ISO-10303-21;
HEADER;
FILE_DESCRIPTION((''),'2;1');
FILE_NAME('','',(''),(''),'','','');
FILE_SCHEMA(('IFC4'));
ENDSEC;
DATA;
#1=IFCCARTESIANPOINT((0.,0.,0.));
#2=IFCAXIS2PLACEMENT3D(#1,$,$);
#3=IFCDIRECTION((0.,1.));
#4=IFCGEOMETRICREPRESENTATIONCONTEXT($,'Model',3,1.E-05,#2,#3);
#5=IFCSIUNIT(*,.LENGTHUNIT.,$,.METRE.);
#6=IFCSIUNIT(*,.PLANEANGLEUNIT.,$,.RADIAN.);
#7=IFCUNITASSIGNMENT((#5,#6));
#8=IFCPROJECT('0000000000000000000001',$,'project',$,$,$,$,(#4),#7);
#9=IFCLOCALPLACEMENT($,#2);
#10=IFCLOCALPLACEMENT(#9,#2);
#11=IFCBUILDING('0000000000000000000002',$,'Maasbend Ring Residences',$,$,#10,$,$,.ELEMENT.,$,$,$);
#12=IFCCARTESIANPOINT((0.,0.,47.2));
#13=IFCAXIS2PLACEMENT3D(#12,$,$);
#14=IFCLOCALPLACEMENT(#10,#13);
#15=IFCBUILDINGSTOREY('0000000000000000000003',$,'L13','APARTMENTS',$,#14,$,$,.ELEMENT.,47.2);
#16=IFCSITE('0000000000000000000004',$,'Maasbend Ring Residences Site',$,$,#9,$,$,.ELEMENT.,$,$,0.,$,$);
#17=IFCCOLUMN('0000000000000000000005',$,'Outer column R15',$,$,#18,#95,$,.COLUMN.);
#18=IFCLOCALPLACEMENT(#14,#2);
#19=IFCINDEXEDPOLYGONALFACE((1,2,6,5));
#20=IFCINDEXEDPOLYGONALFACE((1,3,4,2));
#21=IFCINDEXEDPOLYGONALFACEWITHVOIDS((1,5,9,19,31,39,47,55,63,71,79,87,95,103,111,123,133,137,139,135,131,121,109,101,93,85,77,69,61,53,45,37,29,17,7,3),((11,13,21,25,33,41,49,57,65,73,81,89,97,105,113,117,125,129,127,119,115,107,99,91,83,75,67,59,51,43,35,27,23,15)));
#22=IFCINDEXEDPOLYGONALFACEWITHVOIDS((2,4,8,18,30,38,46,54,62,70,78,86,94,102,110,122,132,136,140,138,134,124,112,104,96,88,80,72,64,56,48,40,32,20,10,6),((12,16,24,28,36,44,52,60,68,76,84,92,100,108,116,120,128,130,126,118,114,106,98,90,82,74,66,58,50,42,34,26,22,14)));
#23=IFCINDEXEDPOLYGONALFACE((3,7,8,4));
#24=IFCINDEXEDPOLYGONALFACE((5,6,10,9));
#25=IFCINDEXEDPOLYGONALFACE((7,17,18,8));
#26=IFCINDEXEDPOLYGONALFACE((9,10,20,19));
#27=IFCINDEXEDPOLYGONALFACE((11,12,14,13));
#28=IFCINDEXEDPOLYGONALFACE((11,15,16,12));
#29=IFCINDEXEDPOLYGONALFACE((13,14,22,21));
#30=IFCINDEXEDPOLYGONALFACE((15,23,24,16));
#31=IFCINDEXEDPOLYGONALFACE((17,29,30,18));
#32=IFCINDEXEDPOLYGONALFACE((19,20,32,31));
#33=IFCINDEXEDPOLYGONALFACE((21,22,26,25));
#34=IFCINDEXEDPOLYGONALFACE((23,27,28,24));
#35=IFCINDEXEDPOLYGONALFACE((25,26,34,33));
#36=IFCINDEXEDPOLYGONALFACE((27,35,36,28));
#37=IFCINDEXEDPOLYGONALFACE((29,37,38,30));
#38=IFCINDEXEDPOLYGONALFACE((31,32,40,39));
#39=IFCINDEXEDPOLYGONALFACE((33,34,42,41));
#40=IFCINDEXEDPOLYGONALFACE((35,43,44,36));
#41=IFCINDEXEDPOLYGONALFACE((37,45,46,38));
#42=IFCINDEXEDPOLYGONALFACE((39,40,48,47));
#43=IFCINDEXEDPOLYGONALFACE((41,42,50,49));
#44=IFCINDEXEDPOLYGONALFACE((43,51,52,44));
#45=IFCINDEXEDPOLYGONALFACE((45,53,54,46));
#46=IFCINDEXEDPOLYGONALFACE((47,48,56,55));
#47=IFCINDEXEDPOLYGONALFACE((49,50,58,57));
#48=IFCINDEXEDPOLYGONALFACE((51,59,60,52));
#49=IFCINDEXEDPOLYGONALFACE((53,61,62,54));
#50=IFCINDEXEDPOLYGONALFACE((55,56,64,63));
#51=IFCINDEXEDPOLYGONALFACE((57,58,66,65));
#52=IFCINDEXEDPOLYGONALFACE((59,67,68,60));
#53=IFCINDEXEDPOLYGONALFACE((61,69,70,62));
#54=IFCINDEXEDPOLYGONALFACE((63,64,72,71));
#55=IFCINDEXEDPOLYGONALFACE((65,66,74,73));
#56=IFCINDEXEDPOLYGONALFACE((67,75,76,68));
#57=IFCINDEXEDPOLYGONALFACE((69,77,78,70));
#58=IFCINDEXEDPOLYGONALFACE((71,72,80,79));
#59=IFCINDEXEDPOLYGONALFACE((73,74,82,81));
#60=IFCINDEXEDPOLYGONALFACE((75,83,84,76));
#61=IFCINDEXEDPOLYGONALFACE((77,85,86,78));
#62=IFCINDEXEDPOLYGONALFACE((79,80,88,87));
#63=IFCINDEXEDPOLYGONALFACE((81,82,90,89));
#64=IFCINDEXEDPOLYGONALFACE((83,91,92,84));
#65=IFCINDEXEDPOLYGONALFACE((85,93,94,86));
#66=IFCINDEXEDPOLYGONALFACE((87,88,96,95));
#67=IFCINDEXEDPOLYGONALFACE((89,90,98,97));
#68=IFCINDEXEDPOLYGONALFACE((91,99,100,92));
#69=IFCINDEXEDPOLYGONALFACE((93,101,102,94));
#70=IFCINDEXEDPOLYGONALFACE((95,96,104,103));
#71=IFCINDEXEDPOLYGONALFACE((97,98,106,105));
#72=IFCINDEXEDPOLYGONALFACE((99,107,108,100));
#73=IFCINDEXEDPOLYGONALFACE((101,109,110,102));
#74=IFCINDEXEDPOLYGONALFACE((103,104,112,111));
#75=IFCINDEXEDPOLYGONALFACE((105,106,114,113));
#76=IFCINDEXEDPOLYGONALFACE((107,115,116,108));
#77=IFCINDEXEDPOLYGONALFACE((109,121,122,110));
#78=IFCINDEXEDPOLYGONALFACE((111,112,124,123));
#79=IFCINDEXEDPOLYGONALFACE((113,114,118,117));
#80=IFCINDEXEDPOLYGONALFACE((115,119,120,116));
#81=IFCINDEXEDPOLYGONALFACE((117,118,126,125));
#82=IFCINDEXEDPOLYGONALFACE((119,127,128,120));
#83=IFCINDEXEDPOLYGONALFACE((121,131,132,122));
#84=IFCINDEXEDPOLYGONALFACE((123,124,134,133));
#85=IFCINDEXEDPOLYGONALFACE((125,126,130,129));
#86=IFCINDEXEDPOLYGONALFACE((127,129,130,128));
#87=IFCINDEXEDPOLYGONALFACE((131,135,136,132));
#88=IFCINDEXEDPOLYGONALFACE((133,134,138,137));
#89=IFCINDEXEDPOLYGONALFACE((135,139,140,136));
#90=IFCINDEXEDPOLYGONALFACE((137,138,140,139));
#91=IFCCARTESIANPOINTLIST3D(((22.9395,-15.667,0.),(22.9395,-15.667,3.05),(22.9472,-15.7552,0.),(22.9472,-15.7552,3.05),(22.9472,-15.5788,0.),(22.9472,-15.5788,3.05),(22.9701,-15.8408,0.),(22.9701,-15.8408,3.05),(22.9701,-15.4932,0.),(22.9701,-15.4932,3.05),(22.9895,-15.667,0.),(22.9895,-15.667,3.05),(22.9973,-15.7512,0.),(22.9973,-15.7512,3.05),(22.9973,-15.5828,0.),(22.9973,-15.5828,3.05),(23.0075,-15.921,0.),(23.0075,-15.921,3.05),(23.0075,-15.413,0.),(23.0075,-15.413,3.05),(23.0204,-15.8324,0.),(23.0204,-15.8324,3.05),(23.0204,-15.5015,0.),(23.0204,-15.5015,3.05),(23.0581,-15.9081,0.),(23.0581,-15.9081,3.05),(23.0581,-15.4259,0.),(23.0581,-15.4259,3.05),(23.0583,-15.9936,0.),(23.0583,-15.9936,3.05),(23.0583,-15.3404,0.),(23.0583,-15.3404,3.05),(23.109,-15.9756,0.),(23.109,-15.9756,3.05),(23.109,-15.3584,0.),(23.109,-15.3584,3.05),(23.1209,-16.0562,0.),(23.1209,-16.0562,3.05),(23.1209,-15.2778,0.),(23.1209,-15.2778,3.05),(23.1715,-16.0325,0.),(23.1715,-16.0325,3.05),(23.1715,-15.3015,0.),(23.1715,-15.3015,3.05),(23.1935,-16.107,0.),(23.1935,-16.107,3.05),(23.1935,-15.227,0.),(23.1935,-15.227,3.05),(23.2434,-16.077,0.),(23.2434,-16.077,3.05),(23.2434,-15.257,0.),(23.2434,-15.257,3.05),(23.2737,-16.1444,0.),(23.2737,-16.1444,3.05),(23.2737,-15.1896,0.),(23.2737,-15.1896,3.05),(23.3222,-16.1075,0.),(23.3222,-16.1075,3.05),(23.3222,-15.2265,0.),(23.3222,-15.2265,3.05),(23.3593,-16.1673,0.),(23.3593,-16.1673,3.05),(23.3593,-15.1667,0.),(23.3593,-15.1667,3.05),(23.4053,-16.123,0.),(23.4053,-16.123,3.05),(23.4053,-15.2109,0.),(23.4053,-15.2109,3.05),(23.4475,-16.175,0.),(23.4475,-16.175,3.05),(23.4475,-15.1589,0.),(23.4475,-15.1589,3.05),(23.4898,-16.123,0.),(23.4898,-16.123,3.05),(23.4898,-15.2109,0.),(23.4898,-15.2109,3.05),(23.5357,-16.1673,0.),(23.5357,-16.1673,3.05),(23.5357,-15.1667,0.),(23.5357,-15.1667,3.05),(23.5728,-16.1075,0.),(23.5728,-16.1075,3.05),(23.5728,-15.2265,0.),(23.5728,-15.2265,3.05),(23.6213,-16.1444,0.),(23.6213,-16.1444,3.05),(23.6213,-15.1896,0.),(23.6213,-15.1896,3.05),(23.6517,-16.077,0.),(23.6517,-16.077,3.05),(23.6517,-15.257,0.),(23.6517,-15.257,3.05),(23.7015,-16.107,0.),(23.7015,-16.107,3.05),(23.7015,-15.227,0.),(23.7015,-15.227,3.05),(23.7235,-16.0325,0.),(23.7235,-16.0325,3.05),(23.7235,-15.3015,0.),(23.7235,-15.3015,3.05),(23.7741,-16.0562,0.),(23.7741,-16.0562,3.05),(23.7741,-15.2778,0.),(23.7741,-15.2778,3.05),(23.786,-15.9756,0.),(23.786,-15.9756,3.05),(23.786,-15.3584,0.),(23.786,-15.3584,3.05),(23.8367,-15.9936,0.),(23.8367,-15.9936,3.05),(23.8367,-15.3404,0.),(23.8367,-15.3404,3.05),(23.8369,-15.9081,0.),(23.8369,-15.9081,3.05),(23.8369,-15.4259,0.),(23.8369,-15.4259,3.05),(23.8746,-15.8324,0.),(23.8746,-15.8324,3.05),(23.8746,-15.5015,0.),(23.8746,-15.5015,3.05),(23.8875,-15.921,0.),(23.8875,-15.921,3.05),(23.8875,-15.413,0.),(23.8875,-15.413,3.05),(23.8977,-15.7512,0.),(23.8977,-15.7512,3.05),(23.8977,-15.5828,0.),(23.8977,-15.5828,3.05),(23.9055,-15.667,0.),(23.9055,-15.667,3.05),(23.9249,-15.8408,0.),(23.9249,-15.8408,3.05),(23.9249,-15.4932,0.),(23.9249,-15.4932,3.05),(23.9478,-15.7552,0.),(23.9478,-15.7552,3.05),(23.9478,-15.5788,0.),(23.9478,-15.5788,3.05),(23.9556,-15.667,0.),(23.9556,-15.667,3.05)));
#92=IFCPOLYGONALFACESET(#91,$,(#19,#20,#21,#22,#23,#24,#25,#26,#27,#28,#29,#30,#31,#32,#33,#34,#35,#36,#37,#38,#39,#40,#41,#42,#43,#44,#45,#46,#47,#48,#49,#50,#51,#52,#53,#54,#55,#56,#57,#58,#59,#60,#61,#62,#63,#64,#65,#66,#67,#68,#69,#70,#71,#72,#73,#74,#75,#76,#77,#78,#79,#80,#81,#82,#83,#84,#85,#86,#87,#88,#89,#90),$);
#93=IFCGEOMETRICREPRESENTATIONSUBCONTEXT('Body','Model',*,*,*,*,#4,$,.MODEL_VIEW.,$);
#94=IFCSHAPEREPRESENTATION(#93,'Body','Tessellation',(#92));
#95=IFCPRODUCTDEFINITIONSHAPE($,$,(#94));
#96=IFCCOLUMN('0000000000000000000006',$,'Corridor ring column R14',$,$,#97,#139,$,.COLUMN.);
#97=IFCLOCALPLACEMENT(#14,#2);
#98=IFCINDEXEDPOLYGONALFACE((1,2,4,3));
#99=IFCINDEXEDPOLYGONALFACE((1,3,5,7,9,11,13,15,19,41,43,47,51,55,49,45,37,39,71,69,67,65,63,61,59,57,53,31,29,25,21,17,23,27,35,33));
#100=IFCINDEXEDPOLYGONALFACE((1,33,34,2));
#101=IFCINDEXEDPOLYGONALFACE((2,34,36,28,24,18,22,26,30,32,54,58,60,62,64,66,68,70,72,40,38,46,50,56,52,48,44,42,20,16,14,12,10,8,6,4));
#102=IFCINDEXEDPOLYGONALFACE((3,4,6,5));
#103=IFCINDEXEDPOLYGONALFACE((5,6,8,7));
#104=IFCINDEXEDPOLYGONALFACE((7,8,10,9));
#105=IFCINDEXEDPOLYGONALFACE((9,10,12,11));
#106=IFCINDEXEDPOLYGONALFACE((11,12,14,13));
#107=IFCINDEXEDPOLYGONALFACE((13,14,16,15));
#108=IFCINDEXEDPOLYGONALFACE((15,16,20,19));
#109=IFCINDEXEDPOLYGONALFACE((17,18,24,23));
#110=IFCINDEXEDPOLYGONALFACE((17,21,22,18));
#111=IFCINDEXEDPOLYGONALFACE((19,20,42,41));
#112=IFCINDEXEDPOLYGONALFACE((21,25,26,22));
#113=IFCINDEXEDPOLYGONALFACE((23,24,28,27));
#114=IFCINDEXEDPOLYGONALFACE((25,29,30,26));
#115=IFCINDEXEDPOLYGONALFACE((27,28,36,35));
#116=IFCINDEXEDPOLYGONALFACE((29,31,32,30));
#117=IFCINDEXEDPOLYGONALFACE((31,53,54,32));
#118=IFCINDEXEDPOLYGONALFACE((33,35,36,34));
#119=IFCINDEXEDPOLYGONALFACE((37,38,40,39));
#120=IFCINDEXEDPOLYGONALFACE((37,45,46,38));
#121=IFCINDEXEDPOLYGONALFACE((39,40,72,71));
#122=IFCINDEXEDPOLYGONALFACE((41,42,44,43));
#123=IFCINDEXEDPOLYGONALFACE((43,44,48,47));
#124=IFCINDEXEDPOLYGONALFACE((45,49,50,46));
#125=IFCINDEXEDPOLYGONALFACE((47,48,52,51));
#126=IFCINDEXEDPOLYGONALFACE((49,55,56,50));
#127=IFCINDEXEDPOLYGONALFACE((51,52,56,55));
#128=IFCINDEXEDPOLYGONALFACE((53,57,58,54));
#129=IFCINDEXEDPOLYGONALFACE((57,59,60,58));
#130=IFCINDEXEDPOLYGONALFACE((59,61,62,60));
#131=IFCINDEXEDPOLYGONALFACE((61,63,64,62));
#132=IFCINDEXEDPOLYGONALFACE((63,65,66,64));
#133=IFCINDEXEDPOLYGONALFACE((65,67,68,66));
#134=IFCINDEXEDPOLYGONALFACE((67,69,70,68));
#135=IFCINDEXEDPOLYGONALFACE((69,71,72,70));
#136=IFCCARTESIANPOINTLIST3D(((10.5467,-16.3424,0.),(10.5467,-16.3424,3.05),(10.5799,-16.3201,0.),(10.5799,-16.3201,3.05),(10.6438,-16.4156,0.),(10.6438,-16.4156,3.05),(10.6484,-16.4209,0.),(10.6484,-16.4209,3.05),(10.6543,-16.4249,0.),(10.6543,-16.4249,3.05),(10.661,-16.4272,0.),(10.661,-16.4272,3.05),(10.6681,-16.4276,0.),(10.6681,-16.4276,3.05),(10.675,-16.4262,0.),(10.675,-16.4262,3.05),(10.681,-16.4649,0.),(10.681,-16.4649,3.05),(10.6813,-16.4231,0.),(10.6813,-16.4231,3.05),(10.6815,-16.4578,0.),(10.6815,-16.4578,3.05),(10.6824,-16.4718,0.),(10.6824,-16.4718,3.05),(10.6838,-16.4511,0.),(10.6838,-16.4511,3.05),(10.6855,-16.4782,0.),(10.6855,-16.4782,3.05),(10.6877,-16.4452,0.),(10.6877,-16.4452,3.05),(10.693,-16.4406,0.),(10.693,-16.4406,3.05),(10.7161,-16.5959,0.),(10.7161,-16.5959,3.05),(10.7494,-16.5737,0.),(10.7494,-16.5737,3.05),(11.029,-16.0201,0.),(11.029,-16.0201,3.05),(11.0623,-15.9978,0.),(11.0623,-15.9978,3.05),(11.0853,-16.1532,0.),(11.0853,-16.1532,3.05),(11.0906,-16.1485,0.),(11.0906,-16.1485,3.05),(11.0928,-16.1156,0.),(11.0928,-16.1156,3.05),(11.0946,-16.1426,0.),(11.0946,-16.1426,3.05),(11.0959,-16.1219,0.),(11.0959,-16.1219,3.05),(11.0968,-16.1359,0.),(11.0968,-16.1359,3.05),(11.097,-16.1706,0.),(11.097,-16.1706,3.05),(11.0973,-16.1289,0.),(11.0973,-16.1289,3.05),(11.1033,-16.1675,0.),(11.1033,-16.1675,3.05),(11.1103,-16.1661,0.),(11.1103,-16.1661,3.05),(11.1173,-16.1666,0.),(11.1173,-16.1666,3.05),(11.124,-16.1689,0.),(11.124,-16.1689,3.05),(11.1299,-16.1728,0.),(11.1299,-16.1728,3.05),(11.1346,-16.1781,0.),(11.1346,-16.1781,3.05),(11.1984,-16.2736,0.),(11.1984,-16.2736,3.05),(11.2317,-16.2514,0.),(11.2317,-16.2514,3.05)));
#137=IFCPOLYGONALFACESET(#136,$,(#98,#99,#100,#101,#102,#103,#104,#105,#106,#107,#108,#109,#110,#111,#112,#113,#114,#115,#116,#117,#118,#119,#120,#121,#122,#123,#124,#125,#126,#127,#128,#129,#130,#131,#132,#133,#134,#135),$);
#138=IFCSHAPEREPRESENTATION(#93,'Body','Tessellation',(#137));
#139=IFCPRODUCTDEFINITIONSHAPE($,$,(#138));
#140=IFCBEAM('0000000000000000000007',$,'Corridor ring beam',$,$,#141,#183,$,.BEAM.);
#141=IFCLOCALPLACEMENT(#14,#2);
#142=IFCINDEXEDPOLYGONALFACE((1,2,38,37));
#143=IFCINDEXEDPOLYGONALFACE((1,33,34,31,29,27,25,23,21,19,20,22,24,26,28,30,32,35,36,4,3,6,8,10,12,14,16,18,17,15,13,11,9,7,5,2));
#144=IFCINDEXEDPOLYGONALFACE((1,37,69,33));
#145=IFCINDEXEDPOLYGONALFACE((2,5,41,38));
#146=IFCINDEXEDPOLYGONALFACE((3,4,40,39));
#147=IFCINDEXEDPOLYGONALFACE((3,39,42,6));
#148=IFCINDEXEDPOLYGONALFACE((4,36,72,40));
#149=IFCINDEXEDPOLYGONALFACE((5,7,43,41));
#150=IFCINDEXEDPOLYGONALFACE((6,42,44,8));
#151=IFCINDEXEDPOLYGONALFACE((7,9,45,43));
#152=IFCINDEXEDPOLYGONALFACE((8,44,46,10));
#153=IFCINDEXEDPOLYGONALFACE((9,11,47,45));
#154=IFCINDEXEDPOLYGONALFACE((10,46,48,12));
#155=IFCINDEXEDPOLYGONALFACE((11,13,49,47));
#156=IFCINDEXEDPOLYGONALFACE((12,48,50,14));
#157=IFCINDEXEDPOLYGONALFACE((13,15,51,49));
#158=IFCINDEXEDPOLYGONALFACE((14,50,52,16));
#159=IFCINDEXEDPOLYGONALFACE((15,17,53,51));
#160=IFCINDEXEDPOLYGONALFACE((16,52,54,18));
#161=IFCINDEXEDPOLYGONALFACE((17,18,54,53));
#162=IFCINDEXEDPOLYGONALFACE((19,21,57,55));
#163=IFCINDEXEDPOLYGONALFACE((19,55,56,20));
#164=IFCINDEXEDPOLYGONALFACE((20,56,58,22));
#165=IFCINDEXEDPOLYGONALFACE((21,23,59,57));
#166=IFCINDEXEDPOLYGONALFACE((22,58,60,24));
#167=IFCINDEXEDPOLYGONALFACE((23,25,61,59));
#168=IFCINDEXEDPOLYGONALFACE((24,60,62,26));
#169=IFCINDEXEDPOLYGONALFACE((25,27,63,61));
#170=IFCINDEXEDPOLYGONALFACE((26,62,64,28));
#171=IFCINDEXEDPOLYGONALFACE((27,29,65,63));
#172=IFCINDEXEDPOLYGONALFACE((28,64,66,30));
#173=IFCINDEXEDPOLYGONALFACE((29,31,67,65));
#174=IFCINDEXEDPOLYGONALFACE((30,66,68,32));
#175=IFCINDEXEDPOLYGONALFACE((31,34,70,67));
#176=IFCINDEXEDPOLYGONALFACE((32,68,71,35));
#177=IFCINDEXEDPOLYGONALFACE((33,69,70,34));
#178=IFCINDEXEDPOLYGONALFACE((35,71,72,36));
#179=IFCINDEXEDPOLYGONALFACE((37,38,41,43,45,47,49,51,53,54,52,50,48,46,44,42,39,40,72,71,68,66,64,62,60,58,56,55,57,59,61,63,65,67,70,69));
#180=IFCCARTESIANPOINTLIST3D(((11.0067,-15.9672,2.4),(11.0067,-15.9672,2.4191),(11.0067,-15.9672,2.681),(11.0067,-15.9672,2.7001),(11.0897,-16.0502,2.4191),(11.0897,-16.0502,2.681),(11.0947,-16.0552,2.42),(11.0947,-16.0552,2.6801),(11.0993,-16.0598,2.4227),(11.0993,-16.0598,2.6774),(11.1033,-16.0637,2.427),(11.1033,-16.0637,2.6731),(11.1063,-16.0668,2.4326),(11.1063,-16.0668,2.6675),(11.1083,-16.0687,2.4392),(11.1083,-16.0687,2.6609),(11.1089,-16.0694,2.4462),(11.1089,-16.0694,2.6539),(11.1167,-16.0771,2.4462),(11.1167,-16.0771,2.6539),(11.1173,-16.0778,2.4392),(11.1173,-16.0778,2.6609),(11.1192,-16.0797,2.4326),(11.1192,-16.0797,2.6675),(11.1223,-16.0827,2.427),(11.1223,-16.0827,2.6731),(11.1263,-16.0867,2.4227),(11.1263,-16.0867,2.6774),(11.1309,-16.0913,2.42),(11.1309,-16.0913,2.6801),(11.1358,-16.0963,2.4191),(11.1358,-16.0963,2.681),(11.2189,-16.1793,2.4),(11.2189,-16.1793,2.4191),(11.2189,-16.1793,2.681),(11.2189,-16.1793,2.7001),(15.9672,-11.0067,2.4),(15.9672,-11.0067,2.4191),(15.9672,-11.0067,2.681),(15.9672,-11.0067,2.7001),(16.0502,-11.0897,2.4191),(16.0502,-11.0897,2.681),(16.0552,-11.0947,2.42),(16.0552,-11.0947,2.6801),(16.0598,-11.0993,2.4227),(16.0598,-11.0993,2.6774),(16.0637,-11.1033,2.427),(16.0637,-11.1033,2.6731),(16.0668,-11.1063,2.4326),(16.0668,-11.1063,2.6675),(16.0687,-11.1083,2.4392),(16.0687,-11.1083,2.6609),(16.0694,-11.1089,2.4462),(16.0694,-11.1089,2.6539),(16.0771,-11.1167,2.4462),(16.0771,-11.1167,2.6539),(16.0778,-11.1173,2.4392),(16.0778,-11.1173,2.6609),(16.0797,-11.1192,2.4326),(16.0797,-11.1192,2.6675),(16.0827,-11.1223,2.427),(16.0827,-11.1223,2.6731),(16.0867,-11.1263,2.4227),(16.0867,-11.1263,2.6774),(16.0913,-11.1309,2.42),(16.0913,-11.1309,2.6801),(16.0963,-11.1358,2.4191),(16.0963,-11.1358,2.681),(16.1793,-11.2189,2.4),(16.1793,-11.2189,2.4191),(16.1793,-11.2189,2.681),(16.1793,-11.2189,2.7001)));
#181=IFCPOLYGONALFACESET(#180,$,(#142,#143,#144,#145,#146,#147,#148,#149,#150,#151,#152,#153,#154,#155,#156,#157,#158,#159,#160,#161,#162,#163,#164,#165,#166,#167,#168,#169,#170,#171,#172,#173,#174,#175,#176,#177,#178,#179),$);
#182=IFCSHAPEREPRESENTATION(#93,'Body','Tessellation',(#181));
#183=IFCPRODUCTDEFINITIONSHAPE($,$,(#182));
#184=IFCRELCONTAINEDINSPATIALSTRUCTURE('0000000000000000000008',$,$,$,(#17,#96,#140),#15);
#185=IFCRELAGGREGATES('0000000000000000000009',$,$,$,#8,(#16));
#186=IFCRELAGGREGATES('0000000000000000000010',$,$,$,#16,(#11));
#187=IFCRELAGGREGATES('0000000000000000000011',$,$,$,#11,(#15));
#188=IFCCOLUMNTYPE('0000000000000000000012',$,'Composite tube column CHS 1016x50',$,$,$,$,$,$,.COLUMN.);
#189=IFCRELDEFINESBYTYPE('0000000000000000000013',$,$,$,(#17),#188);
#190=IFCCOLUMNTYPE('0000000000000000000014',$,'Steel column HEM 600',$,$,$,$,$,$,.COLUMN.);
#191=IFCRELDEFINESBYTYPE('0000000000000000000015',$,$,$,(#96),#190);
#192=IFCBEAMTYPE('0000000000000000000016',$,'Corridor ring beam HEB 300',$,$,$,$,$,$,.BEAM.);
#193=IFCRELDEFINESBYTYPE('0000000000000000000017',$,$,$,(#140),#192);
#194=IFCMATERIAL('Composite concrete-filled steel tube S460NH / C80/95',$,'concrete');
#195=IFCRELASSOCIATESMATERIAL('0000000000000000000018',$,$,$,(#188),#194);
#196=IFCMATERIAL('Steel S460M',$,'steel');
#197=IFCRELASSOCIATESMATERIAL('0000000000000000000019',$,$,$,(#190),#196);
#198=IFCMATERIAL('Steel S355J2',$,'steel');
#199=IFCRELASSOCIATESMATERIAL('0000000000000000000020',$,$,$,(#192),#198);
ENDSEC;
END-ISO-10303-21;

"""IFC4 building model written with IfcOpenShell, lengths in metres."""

from ifc_helpers import new_model, si_unit, direction, frame, origin, origin_2d, place, context, subcontext, project, spatial, hollow_circle, i_section, extrude, material, material_profile, profile_set, type_object, element, save


model = new_model("IFC4")

# Units and contexts
model_context = context("Model", 3, precision=1e-05, world=origin(), true_north=direction((0.0, 1.0)))
body_context = subcontext(model_context, "Body", "Model", "MODEL_VIEW")
ifc_project = project(units=[si_unit("LENGTHUNIT", "METRE"), si_unit("PLANEANGLEUNIT", "RADIAN")], contexts=[model_context])

# Site, building, storey
site_placement = place(None, origin())
site = spatial("IfcSite", under=ifc_project, at=site_placement, Name="Maasbend Ring Residences Site", CompositionType="ELEMENT", RefElevation=0.0)
building_placement = place(site_placement, origin())
building = spatial("IfcBuilding", under=site, at=building_placement, Name="Maasbend Ring Residences", CompositionType="ELEMENT")
storey_placement = place(building_placement, frame((0.0, 0.0, 47.2)))
storey = spatial("IfcBuildingStorey", under=building, at=storey_placement, Name="L13", Description="APARTMENTS", CompositionType="ELEMENT", Elevation=47.2)

# Columns
ifc_material_1 = material(Name="Composite concrete-filled steel tube S460NH / C80/95", Category="concrete")
ifc_material_profile_1 = material_profile(ifc_material_1, hollow_circle(Radius=0.5081, WallThickness=0.05, at=origin_2d()), Name="Composite tube column CHS 1016x50")
ifc_profile_set_1 = profile_set([ifc_material_profile_1], Name="Composite concrete-filled steel tube S460NH / C80/95")
column_type_1 = type_object("IfcColumnType", Name="Composite tube column CHS 1016x50", PredefinedType="COLUMN", material=ifc_profile_set_1)
column_1_placement = place(storey_placement, frame((23.4475, -15.667, 0.0), z_axis=(0.0, 0.0, 1.0), x_axis=(1.0, 0.0, 0.0)))
element("IfcColumn", 1, at=column_1_placement, inside=storey, type_object=column_type_1, Name="Outer column R15", PredefinedType="COLUMN", context=body_context, shape_type="SweptSolid", body=[
    extrude(hollow_circle(Radius=0.5081, WallThickness=0.05, at=origin_2d()), origin(), (0.0, 0.0, 1.0), 3.05),
])
ifc_material_2 = material(Name="Steel S460M", Category="steel")
ifc_material_profile_2 = material_profile(ifc_material_2, i_section(OverallWidth=0.3049, OverallDepth=0.6201, WebThickness=0.021, FlangeThickness=0.04, FilletRadius=0.0271, at=origin_2d()), Name="HEM 600")
ifc_profile_set_2 = profile_set([ifc_material_profile_2], Name="Steel S460M")
column_type_2 = type_object("IfcColumnType", Name="Steel column HEM 600", PredefinedType="COLUMN", material=ifc_profile_set_2)
column_2_placement = place(storey_placement, frame((10.8892, -16.2969, 0.0), z_axis=(0.0, 0.0, 1.0), x_axis=(0.55557, -0.83147, 0.0)))
element("IfcColumn", 2, at=column_2_placement, inside=storey, type_object=column_type_2, Name="Corridor ring column R14", PredefinedType="COLUMN", context=body_context, shape_type="SweptSolid", body=[
    extrude(i_section(OverallWidth=0.3049, OverallDepth=0.6201, WebThickness=0.021, FlangeThickness=0.04, FilletRadius=0.0271, at=origin_2d()), origin(), (0.0, 0.0, 1.0), 3.05),
])

# Beam
ifc_material_3 = material(Name="Steel S355J2", Category="steel")
ifc_material_profile_3 = material_profile(ifc_material_3, i_section(OverallWidth=0.3, OverallDepth=0.3, WebThickness=0.011, FlangeThickness=0.019, FilletRadius=0.0271, at=origin_2d()), Name="HEB 300")
ifc_profile_set_3 = profile_set([ifc_material_profile_3], Name="Steel S355J2")
beam_type = type_object("IfcBeamType", Name="Corridor ring beam HEB 300", PredefinedType="BEAM", material=ifc_profile_set_3)
beam_placement = place(storey_placement, frame((11.1128, -16.0732, 2.55), z_axis=(0.707107, 0.707107, 0.0), x_axis=(-0.707107, 0.707107, 0.0)))
element("IfcBeam", 3, at=beam_placement, inside=storey, type_object=beam_type, Name="Corridor ring beam", PredefinedType="BEAM", context=body_context, shape_type="SweptSolid", body=[
    extrude(i_section(OverallWidth=0.3, OverallDepth=0.3, WebThickness=0.011, FlangeThickness=0.019, FilletRadius=0.0271, at=origin_2d()), origin(), (0.0, 0.0, 1.0), 7.0151),
])

save(model, "model.ifc")
